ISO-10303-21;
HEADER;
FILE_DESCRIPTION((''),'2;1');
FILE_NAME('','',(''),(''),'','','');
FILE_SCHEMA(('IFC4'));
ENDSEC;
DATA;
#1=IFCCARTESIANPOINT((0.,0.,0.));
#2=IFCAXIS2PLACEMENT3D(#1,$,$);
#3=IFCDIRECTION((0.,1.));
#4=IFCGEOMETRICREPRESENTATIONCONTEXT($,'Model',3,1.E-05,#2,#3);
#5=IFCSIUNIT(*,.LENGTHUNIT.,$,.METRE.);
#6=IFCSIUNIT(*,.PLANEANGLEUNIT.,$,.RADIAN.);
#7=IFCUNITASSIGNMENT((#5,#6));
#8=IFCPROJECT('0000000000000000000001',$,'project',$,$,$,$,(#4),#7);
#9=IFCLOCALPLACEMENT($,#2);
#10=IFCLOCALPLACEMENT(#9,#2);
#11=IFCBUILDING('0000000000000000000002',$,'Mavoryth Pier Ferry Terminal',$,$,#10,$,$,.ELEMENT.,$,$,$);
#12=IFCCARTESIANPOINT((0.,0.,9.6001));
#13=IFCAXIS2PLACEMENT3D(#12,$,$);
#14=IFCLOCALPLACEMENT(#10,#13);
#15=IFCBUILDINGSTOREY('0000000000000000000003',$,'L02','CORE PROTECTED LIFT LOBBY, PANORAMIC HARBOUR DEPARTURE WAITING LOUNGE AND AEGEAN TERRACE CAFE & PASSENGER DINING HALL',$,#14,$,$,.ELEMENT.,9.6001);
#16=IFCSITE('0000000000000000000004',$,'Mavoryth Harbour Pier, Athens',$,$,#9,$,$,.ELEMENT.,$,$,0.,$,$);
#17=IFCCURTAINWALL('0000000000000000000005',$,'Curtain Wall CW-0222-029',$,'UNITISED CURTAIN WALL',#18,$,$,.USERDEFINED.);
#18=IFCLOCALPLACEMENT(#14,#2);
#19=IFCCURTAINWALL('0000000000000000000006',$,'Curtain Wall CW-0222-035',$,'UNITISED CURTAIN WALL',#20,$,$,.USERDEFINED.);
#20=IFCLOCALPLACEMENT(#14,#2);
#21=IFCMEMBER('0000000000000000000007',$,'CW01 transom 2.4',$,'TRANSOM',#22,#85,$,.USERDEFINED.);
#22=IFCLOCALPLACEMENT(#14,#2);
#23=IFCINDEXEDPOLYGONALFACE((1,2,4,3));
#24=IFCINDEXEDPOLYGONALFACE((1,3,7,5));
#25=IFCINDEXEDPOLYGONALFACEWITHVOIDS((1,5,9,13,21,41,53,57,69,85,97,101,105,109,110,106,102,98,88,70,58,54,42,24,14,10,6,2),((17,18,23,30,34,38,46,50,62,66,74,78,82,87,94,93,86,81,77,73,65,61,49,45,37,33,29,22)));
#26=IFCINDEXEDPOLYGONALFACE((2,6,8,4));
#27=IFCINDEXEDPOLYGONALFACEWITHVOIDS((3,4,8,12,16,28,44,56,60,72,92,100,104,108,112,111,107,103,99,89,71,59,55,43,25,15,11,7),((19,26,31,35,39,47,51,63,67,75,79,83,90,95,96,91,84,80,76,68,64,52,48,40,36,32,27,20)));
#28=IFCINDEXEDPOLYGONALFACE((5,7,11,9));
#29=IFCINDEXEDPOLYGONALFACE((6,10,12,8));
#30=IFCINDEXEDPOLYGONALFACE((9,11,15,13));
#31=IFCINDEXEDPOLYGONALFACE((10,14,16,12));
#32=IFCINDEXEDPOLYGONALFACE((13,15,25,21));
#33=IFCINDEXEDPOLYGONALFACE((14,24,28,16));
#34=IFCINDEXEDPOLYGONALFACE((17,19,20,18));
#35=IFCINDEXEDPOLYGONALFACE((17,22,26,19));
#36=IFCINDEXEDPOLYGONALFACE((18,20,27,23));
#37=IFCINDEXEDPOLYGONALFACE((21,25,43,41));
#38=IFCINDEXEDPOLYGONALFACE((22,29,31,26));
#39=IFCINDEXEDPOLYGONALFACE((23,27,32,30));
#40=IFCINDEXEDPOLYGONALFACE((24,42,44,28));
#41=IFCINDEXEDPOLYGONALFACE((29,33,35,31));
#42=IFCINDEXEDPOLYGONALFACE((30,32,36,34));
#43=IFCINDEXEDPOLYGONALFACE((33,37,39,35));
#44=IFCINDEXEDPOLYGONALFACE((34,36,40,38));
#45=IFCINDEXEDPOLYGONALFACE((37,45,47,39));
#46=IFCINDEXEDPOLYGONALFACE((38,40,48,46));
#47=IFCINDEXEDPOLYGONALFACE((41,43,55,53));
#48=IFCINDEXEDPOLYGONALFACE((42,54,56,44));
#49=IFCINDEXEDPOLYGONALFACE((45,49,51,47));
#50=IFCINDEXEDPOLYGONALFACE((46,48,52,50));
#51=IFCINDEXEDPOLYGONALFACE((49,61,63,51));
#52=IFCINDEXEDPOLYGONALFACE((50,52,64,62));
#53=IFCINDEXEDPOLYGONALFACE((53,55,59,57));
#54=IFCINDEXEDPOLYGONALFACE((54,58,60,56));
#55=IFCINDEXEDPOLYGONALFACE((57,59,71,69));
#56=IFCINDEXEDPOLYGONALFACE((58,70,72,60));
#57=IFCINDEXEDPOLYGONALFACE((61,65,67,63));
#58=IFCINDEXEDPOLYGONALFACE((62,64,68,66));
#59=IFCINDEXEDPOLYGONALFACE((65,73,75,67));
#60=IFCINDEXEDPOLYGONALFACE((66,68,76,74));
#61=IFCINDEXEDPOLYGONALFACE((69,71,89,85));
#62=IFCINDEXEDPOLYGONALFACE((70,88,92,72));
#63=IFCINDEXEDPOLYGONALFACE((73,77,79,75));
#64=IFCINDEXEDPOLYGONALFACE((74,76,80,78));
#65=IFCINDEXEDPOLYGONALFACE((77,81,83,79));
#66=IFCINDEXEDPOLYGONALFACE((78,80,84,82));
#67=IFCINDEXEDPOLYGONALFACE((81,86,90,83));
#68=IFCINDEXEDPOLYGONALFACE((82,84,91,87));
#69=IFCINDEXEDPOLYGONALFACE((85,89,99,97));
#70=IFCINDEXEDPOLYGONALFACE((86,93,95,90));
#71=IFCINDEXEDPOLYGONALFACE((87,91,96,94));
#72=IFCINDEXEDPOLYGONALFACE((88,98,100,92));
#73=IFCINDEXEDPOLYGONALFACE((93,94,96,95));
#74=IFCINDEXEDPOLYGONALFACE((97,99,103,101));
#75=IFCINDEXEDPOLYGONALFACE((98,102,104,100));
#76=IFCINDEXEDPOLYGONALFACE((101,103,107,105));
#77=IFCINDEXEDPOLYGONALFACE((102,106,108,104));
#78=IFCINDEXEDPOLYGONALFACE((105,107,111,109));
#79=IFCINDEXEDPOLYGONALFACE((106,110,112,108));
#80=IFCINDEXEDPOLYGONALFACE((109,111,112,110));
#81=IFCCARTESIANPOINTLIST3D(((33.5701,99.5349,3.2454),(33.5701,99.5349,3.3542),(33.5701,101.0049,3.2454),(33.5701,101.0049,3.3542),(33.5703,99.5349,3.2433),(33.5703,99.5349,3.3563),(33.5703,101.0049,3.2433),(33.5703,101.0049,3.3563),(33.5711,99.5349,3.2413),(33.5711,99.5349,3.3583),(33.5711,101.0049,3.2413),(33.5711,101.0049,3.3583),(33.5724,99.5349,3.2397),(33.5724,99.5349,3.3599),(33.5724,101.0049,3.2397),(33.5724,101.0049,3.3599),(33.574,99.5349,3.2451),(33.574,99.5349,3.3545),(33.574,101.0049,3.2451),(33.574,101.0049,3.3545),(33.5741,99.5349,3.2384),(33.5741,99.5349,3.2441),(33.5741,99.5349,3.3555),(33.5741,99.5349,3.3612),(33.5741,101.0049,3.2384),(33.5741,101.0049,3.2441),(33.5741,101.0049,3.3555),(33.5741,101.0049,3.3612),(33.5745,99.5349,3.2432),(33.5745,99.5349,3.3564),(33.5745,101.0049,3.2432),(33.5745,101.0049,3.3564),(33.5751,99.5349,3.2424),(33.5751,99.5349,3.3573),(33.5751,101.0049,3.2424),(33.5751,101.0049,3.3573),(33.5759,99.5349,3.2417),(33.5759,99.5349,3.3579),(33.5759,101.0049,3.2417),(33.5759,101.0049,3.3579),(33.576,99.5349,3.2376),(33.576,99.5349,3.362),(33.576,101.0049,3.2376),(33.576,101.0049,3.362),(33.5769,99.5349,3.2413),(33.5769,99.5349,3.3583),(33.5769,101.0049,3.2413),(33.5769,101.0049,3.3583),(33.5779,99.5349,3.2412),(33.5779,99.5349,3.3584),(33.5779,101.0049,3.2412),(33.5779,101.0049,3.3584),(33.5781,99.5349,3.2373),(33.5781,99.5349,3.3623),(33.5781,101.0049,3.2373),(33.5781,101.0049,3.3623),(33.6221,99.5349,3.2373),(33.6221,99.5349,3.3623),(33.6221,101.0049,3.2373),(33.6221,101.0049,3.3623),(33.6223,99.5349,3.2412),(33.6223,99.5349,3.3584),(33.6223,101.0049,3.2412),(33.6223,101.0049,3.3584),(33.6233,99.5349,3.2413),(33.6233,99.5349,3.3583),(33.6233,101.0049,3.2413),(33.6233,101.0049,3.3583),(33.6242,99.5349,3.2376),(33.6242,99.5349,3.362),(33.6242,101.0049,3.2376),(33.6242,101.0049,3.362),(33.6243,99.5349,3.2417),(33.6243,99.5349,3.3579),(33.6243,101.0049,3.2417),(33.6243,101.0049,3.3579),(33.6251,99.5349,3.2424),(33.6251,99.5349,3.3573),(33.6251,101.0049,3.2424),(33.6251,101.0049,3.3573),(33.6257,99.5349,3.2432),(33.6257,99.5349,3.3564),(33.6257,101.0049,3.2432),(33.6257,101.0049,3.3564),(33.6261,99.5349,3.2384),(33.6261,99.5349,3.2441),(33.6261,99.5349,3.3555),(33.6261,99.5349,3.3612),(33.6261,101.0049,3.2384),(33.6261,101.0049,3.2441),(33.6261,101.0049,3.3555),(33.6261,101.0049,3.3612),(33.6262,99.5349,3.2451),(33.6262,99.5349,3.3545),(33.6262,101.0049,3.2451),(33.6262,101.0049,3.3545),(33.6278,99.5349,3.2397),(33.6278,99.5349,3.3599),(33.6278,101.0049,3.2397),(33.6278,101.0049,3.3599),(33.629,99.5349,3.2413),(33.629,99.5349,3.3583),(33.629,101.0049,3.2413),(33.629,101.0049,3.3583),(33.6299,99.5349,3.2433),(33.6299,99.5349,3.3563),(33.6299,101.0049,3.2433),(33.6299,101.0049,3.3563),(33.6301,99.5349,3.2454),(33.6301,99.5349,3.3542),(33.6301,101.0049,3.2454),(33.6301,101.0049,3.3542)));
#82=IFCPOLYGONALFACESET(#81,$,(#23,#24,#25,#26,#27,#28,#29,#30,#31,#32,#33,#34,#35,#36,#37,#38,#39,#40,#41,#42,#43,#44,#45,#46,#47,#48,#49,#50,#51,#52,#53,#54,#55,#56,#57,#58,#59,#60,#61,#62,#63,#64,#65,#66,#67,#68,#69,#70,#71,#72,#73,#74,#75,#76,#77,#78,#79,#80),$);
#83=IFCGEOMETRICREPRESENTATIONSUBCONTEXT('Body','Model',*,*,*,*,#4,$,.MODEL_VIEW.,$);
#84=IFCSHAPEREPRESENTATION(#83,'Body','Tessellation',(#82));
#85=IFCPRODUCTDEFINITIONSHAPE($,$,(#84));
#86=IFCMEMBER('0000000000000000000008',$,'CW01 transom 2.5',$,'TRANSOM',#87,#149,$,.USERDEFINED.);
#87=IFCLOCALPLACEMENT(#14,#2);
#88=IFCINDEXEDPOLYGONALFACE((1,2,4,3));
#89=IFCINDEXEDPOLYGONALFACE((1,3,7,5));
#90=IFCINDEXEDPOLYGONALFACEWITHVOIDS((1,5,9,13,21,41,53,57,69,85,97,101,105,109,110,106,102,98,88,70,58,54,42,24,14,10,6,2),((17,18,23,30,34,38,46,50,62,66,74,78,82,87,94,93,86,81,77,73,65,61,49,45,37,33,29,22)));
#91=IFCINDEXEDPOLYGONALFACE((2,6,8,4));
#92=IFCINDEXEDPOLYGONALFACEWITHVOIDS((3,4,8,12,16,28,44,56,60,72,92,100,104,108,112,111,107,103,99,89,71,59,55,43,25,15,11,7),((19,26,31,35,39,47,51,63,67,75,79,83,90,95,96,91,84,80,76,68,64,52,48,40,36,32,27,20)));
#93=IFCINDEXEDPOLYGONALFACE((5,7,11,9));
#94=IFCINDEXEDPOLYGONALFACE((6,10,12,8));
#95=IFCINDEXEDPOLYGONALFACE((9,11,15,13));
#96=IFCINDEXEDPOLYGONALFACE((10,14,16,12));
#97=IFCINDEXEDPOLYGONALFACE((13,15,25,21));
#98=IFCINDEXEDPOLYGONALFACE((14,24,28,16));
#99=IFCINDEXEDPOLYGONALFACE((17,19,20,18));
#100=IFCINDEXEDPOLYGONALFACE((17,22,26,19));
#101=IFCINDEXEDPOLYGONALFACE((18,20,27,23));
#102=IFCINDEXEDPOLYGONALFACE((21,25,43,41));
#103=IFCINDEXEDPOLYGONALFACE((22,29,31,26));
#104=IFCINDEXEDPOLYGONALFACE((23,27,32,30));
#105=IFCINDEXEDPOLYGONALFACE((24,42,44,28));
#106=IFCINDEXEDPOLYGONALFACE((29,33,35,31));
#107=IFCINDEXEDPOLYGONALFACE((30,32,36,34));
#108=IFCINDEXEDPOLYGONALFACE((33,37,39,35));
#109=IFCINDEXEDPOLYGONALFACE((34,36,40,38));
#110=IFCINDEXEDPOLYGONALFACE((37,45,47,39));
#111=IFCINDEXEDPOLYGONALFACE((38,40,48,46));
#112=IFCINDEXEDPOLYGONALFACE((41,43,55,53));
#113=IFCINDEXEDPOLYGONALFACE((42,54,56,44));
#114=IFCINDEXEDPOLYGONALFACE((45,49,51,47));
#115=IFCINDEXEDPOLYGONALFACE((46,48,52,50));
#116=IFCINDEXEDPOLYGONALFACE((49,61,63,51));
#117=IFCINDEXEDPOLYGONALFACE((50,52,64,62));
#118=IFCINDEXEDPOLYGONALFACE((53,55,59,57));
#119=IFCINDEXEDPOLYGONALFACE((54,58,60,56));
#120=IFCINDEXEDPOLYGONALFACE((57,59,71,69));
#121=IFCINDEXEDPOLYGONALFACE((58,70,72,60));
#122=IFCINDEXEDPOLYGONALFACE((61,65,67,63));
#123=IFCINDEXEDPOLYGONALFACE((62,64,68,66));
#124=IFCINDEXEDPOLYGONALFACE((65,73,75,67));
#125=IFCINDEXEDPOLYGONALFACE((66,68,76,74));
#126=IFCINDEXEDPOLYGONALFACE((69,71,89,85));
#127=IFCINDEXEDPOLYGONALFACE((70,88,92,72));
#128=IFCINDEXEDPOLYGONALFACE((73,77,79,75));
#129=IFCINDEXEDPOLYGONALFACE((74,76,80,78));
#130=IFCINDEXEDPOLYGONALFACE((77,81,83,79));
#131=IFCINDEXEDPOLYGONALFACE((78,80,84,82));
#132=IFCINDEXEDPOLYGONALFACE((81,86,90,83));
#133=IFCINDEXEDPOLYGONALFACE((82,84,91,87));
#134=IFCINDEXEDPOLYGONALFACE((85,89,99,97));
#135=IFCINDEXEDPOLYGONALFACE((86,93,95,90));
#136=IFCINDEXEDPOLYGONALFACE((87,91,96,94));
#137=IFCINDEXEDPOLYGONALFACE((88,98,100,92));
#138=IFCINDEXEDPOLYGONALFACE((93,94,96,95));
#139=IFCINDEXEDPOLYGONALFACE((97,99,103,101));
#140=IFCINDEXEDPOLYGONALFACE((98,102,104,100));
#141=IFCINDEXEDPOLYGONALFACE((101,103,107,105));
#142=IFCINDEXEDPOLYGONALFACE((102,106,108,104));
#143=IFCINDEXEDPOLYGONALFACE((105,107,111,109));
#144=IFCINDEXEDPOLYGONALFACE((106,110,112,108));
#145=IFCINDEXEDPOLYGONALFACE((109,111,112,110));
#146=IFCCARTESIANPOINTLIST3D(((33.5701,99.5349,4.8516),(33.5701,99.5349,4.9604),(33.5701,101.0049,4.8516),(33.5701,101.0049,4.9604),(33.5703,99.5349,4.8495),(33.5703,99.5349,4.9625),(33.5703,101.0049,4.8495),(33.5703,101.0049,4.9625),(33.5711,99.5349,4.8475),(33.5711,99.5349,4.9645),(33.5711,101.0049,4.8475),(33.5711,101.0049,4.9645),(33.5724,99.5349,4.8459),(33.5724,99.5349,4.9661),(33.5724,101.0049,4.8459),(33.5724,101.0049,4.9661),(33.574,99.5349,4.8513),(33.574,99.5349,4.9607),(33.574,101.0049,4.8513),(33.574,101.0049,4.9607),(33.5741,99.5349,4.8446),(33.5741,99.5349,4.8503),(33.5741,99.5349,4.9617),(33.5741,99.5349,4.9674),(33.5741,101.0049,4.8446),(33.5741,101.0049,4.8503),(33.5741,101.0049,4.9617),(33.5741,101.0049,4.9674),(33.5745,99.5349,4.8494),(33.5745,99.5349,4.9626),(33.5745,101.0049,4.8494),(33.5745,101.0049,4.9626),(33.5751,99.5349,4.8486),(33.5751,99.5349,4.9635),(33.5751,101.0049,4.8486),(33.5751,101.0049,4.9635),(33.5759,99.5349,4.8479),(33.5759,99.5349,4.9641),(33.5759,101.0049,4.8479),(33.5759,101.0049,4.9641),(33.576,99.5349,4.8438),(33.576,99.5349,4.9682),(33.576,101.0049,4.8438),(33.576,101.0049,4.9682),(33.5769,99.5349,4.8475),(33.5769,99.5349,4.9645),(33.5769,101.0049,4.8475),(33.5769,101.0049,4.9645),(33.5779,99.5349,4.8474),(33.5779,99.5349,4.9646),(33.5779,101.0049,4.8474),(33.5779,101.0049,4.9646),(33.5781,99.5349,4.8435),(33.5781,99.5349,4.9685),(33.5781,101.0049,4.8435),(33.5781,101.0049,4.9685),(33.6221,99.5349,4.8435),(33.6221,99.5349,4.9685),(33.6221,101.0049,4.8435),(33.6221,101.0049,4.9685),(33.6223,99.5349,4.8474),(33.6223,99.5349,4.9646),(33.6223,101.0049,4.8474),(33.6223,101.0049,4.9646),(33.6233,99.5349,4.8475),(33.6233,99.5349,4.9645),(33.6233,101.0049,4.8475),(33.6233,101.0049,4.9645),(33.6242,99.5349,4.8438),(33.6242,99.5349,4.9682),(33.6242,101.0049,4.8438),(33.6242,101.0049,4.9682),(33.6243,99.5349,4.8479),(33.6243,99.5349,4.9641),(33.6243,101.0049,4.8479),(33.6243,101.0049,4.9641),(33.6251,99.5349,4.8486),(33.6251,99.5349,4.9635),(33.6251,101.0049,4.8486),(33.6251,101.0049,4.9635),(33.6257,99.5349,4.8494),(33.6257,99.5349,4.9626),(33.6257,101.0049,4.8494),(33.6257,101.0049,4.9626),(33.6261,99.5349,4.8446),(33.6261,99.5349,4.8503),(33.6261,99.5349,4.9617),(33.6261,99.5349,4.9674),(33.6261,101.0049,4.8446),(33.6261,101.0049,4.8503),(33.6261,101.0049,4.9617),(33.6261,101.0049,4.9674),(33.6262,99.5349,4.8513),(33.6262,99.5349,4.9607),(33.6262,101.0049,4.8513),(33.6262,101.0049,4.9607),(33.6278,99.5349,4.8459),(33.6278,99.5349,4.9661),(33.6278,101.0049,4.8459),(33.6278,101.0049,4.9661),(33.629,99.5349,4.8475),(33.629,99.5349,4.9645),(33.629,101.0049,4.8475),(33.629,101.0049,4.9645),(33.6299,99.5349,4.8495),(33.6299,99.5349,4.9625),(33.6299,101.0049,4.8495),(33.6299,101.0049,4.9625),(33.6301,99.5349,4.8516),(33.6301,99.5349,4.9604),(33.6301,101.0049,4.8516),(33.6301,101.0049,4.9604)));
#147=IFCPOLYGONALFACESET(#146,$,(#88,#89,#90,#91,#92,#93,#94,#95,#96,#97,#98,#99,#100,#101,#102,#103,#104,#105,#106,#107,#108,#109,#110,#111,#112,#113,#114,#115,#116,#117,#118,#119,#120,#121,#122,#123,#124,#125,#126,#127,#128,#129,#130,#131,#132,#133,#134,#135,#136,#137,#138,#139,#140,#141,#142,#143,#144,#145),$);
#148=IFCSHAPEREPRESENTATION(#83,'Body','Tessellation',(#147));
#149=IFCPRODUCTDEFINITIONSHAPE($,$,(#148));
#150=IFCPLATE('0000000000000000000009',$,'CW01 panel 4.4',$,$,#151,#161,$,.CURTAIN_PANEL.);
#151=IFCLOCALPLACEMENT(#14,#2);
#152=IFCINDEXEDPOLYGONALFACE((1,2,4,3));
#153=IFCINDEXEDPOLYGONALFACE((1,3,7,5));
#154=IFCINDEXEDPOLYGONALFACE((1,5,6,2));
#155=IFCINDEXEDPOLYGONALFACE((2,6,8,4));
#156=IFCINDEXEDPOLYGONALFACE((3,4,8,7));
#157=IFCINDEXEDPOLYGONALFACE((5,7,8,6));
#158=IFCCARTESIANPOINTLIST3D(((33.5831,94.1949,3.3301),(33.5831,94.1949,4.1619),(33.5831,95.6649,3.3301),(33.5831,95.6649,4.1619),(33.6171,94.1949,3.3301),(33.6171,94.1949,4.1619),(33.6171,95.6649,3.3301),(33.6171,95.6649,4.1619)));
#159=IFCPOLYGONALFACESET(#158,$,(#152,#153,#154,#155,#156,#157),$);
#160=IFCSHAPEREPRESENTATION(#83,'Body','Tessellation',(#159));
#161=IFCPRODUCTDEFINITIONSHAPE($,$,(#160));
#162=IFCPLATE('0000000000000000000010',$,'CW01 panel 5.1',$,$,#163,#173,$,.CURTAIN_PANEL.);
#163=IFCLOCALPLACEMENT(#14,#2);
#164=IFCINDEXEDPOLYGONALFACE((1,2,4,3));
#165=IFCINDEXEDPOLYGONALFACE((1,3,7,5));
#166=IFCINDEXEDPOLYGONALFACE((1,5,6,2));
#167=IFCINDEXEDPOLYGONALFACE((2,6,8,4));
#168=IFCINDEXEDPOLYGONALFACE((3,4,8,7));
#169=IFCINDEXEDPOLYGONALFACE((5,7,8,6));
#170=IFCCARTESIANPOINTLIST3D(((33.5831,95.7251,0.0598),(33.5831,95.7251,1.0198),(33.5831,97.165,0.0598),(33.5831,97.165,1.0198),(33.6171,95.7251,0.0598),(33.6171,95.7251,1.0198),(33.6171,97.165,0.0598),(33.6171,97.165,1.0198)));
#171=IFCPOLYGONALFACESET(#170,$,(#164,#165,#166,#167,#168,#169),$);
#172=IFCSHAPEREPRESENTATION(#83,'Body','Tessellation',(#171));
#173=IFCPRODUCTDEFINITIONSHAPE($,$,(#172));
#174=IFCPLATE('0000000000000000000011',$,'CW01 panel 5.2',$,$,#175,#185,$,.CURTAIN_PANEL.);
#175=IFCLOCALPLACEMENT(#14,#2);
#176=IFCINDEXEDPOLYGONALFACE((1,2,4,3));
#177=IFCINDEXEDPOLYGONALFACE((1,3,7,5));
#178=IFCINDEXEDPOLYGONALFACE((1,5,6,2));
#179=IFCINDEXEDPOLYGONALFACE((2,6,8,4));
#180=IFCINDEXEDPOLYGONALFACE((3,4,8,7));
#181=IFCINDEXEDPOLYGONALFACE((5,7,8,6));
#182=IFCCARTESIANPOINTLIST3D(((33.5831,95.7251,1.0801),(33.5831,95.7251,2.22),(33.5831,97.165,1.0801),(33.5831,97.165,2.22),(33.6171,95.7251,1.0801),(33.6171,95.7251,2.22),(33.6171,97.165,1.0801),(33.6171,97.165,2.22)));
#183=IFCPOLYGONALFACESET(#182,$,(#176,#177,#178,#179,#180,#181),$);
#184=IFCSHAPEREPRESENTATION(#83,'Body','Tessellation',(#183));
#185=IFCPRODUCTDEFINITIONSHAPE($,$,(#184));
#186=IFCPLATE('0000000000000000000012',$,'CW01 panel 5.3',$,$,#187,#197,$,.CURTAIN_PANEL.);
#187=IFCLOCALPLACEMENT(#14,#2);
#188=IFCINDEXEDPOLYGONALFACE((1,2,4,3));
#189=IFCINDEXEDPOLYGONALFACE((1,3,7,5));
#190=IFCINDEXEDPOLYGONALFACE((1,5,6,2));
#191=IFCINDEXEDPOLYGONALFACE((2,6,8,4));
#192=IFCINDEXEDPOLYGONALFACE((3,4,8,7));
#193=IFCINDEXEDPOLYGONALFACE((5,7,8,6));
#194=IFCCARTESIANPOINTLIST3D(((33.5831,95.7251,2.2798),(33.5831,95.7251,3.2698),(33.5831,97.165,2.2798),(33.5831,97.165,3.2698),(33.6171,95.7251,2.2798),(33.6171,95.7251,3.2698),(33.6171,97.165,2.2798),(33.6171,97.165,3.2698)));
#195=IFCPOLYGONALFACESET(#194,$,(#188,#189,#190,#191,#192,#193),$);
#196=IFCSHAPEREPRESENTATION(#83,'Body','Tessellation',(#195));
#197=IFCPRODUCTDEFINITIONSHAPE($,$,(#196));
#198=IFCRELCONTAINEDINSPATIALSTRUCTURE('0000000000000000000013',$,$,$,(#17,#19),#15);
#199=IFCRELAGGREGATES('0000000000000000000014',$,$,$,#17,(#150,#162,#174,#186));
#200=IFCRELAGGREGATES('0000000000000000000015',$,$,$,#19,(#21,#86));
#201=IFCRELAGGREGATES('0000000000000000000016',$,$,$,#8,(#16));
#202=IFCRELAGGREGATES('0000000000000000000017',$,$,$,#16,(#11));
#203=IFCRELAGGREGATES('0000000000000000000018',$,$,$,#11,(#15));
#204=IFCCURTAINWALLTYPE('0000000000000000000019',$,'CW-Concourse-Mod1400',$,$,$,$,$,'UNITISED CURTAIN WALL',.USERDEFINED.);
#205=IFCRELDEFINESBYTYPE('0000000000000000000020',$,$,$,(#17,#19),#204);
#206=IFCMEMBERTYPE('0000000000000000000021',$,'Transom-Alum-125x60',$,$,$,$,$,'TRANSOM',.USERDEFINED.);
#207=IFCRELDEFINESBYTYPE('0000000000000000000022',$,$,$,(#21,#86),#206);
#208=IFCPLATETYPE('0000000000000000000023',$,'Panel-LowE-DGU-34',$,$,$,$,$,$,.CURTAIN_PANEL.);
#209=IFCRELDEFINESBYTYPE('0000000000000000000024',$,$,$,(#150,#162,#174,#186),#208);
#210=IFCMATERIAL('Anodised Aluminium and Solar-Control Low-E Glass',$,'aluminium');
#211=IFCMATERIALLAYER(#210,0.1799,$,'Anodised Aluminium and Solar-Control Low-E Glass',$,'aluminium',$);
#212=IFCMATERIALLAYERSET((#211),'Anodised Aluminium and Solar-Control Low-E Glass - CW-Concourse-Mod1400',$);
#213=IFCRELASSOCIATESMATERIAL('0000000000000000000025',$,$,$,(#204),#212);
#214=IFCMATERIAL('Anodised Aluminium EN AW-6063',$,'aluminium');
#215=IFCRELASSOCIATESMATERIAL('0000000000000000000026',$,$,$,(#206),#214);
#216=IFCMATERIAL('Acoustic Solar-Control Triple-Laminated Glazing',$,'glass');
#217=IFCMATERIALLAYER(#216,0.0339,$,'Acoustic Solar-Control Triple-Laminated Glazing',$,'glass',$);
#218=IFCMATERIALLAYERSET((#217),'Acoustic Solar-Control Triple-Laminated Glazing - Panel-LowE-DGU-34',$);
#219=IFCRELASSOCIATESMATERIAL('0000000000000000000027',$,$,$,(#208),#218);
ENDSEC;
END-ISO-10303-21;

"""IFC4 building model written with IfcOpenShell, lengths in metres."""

from ifc_helpers import new_model, si_unit, direction, frame, origin, origin_2d, place, context, subcontext, project, spatial, rectangle, hollow_rectangle, extrude, material, layer, layer_set, material_profile, profile_set, type_object, element, aggregate, save


model = new_model("IFC4")

# Units and contexts
model_context = context("Model", 3, precision=1e-05, world=origin(), true_north=direction((0.0, 1.0)))
body_context = subcontext(model_context, "Body", "Model", "MODEL_VIEW")
ifc_project = project(units=[si_unit("LENGTHUNIT", "METRE"), si_unit("PLANEANGLEUNIT", "RADIAN")], contexts=[model_context])

# Site, building, storey
site_placement = place(None, origin())
site = spatial("IfcSite", under=ifc_project, at=site_placement, Name="Mavoryth Harbour Pier, Athens", CompositionType="ELEMENT", RefElevation=0.0)
building_placement = place(site_placement, origin())
building = spatial("IfcBuilding", under=site, at=building_placement, Name="Mavoryth Pier Ferry Terminal", CompositionType="ELEMENT")
storey_placement = place(building_placement, frame((0.0, 0.0, 9.6001)))
storey = spatial("IfcBuildingStorey", under=building, at=storey_placement, Name="L02", Description="CORE PROTECTED LIFT LOBBY, PANORAMIC HARBOUR DEPARTURE WAITING LOUNGE AND AEGEAN TERRACE CAFE & PASSENGER DINING HALL", CompositionType="ELEMENT", Elevation=9.6001)

# Curtain walls
ifc_material_1 = material(Name="Anodised Aluminium and Solar-Control Low-E Glass", Category="aluminium")
ifc_layer_1 = layer(ifc_material_1, 0.1799, Name="Anodised Aluminium and Solar-Control Low-E Glass", Category="aluminium")
ifc_layer_set_1 = layer_set([ifc_layer_1], Name="Anodised Aluminium and Solar-Control Low-E Glass - CW-Concourse-Mod1400")
curtain_wall_type = type_object("IfcCurtainWallType", Name="CW-Concourse-Mod1400", ElementType="UNITISED CURTAIN WALL", PredefinedType="USERDEFINED", material=ifc_layer_set_1)
curtain_wall_1_placement = place(storey_placement, origin())
curtain_wall_1 = element("IfcCurtainWall", 1, at=curtain_wall_1_placement, inside=storey, type_object=curtain_wall_type, Name="Curtain Wall CW-0222-029", ObjectType="UNITISED CURTAIN WALL", PredefinedType="USERDEFINED")
ifc_material_2 = material(Name="Anodised Aluminium EN AW-6063", Category="aluminium")
curtain_wall_2_placement = place(storey_placement, origin())
curtain_wall_2 = element("IfcCurtainWall", 2, at=curtain_wall_2_placement, inside=storey, type_object=curtain_wall_type, Name="Curtain Wall CW-0222-035", ObjectType="UNITISED CURTAIN WALL", PredefinedType="USERDEFINED")

# Members
ifc_material_profile_1 = material_profile(ifc_material_2, hollow_rectangle(XDim=0.0601, YDim=0.125, WallThickness=0.0039, InnerFilletRadius=0.0039, OuterFilletRadius=0.0081, at=origin_2d()), Name="AL-TRAN 125x60x4", Category="aluminium")
ifc_profile_set_1 = profile_set([ifc_material_profile_1], Name="Anodised Aluminium EN AW-6063 - AL-TRAN 125x60x4")
member_type_1 = type_object("IfcMemberType", Name="Transom-Alum-125x60", ElementType="TRANSOM", PredefinedType="USERDEFINED", material=ifc_profile_set_1)
member_1_placement = place(storey_placement, frame((33.6001, 99.5349, 3.2998), z_axis=(0.0, 1.0, 0.0), x_axis=(-1.0, 0.0, 0.0)))
member_1 = element("IfcMember", 3, at=member_1_placement, type_object=member_type_1, Name="CW01 transom 2.4", ObjectType="TRANSOM", PredefinedType="USERDEFINED", context=body_context, shape_type="SweptSolid", body=[
    extrude(hollow_rectangle(XDim=0.0601, YDim=0.125, WallThickness=0.0039, InnerFilletRadius=0.0039, OuterFilletRadius=0.0081, at=origin_2d()), origin(), (0.0, 0.0, 1.0), 1.47),
])
member_2_placement = place(storey_placement, frame((33.6001, 99.5349, 4.906), z_axis=(0.0, 1.0, 0.0), x_axis=(-1.0, 0.0, 0.0)))
member_2 = element("IfcMember", 4, at=member_2_placement, type_object=member_type_1, Name="CW01 transom 2.5", ObjectType="TRANSOM", PredefinedType="USERDEFINED", context=body_context, shape_type="SweptSolid", body=[
    extrude(hollow_rectangle(XDim=0.0601, YDim=0.125, WallThickness=0.0039, InnerFilletRadius=0.0039, OuterFilletRadius=0.0081, at=origin_2d()), origin(), (0.0, 0.0, 1.0), 1.47),
])

# Plates
ifc_material_3 = material(Name="Acoustic Solar-Control Triple-Laminated Glazing", Category="glass")
ifc_layer_2 = layer(ifc_material_3, 0.0339, Name="Acoustic Solar-Control Triple-Laminated Glazing", Category="glass")
ifc_layer_set_2 = layer_set([ifc_layer_2], Name="Acoustic Solar-Control Triple-Laminated Glazing - Panel-LowE-DGU-34")
plate_type = type_object("IfcPlateType", Name="Panel-LowE-DGU-34", PredefinedType="CURTAIN_PANEL", material=ifc_layer_set_2)
plate_1_placement = place(storey_placement, frame((33.6001, 94.9299, 3.3301), z_axis=(0.0, 0.0, 1.0), x_axis=(0.0, 1.0, 0.0)))
plate_1 = element("IfcPlate", 5, at=plate_1_placement, type_object=plate_type, Name="CW01 panel 4.4", PredefinedType="CURTAIN_PANEL", context=body_context, shape_type="SweptSolid", body=[
    extrude(rectangle(XDim=1.47, YDim=0.0339, at=origin_2d()), origin(), (0.0, 0.0, 1.0), 0.8318),
])
plate_2_placement = place(storey_placement, frame((33.6001, 96.4451, 0.0598), z_axis=(0.0, 0.0, 1.0), x_axis=(0.0, 1.0, 0.0)))
plate_2 = element("IfcPlate", 6, at=plate_2_placement, type_object=plate_type, Name="CW01 panel 5.1", PredefinedType="CURTAIN_PANEL", context=body_context, shape_type="SweptSolid", body=[
    extrude(rectangle(XDim=1.4399, YDim=0.0339, at=origin_2d()), origin(), (0.0, 0.0, 1.0), 0.96),
])
plate_3_placement = place(storey_placement, frame((33.6001, 96.4451, 1.0801), z_axis=(0.0, 0.0, 1.0), x_axis=(0.0, 1.0, 0.0)))
plate_3 = element("IfcPlate", 7, at=plate_3_placement, type_object=plate_type, Name="CW01 panel 5.2", PredefinedType="CURTAIN_PANEL", context=body_context, shape_type="SweptSolid", body=[
    extrude(rectangle(XDim=1.4399, YDim=0.0339, at=origin_2d()), origin(), (0.0, 0.0, 1.0), 1.1399),
])
plate_4_placement = place(storey_placement, frame((33.6001, 96.4451, 2.2798), z_axis=(0.0, 0.0, 1.0), x_axis=(0.0, 1.0, 0.0)))
plate_4 = element("IfcPlate", 8, at=plate_4_placement, type_object=plate_type, Name="CW01 panel 5.3", PredefinedType="CURTAIN_PANEL", context=body_context, shape_type="SweptSolid", body=[
    extrude(rectangle(XDim=1.4399, YDim=0.0339, at=origin_2d()), origin(), (0.0, 0.0, 1.0), 0.99),
])
aggregate(curtain_wall_1, [plate_1, plate_2, plate_3, plate_4])
aggregate(curtain_wall_2, [member_1, member_2])

save(model, "model.ifc")
